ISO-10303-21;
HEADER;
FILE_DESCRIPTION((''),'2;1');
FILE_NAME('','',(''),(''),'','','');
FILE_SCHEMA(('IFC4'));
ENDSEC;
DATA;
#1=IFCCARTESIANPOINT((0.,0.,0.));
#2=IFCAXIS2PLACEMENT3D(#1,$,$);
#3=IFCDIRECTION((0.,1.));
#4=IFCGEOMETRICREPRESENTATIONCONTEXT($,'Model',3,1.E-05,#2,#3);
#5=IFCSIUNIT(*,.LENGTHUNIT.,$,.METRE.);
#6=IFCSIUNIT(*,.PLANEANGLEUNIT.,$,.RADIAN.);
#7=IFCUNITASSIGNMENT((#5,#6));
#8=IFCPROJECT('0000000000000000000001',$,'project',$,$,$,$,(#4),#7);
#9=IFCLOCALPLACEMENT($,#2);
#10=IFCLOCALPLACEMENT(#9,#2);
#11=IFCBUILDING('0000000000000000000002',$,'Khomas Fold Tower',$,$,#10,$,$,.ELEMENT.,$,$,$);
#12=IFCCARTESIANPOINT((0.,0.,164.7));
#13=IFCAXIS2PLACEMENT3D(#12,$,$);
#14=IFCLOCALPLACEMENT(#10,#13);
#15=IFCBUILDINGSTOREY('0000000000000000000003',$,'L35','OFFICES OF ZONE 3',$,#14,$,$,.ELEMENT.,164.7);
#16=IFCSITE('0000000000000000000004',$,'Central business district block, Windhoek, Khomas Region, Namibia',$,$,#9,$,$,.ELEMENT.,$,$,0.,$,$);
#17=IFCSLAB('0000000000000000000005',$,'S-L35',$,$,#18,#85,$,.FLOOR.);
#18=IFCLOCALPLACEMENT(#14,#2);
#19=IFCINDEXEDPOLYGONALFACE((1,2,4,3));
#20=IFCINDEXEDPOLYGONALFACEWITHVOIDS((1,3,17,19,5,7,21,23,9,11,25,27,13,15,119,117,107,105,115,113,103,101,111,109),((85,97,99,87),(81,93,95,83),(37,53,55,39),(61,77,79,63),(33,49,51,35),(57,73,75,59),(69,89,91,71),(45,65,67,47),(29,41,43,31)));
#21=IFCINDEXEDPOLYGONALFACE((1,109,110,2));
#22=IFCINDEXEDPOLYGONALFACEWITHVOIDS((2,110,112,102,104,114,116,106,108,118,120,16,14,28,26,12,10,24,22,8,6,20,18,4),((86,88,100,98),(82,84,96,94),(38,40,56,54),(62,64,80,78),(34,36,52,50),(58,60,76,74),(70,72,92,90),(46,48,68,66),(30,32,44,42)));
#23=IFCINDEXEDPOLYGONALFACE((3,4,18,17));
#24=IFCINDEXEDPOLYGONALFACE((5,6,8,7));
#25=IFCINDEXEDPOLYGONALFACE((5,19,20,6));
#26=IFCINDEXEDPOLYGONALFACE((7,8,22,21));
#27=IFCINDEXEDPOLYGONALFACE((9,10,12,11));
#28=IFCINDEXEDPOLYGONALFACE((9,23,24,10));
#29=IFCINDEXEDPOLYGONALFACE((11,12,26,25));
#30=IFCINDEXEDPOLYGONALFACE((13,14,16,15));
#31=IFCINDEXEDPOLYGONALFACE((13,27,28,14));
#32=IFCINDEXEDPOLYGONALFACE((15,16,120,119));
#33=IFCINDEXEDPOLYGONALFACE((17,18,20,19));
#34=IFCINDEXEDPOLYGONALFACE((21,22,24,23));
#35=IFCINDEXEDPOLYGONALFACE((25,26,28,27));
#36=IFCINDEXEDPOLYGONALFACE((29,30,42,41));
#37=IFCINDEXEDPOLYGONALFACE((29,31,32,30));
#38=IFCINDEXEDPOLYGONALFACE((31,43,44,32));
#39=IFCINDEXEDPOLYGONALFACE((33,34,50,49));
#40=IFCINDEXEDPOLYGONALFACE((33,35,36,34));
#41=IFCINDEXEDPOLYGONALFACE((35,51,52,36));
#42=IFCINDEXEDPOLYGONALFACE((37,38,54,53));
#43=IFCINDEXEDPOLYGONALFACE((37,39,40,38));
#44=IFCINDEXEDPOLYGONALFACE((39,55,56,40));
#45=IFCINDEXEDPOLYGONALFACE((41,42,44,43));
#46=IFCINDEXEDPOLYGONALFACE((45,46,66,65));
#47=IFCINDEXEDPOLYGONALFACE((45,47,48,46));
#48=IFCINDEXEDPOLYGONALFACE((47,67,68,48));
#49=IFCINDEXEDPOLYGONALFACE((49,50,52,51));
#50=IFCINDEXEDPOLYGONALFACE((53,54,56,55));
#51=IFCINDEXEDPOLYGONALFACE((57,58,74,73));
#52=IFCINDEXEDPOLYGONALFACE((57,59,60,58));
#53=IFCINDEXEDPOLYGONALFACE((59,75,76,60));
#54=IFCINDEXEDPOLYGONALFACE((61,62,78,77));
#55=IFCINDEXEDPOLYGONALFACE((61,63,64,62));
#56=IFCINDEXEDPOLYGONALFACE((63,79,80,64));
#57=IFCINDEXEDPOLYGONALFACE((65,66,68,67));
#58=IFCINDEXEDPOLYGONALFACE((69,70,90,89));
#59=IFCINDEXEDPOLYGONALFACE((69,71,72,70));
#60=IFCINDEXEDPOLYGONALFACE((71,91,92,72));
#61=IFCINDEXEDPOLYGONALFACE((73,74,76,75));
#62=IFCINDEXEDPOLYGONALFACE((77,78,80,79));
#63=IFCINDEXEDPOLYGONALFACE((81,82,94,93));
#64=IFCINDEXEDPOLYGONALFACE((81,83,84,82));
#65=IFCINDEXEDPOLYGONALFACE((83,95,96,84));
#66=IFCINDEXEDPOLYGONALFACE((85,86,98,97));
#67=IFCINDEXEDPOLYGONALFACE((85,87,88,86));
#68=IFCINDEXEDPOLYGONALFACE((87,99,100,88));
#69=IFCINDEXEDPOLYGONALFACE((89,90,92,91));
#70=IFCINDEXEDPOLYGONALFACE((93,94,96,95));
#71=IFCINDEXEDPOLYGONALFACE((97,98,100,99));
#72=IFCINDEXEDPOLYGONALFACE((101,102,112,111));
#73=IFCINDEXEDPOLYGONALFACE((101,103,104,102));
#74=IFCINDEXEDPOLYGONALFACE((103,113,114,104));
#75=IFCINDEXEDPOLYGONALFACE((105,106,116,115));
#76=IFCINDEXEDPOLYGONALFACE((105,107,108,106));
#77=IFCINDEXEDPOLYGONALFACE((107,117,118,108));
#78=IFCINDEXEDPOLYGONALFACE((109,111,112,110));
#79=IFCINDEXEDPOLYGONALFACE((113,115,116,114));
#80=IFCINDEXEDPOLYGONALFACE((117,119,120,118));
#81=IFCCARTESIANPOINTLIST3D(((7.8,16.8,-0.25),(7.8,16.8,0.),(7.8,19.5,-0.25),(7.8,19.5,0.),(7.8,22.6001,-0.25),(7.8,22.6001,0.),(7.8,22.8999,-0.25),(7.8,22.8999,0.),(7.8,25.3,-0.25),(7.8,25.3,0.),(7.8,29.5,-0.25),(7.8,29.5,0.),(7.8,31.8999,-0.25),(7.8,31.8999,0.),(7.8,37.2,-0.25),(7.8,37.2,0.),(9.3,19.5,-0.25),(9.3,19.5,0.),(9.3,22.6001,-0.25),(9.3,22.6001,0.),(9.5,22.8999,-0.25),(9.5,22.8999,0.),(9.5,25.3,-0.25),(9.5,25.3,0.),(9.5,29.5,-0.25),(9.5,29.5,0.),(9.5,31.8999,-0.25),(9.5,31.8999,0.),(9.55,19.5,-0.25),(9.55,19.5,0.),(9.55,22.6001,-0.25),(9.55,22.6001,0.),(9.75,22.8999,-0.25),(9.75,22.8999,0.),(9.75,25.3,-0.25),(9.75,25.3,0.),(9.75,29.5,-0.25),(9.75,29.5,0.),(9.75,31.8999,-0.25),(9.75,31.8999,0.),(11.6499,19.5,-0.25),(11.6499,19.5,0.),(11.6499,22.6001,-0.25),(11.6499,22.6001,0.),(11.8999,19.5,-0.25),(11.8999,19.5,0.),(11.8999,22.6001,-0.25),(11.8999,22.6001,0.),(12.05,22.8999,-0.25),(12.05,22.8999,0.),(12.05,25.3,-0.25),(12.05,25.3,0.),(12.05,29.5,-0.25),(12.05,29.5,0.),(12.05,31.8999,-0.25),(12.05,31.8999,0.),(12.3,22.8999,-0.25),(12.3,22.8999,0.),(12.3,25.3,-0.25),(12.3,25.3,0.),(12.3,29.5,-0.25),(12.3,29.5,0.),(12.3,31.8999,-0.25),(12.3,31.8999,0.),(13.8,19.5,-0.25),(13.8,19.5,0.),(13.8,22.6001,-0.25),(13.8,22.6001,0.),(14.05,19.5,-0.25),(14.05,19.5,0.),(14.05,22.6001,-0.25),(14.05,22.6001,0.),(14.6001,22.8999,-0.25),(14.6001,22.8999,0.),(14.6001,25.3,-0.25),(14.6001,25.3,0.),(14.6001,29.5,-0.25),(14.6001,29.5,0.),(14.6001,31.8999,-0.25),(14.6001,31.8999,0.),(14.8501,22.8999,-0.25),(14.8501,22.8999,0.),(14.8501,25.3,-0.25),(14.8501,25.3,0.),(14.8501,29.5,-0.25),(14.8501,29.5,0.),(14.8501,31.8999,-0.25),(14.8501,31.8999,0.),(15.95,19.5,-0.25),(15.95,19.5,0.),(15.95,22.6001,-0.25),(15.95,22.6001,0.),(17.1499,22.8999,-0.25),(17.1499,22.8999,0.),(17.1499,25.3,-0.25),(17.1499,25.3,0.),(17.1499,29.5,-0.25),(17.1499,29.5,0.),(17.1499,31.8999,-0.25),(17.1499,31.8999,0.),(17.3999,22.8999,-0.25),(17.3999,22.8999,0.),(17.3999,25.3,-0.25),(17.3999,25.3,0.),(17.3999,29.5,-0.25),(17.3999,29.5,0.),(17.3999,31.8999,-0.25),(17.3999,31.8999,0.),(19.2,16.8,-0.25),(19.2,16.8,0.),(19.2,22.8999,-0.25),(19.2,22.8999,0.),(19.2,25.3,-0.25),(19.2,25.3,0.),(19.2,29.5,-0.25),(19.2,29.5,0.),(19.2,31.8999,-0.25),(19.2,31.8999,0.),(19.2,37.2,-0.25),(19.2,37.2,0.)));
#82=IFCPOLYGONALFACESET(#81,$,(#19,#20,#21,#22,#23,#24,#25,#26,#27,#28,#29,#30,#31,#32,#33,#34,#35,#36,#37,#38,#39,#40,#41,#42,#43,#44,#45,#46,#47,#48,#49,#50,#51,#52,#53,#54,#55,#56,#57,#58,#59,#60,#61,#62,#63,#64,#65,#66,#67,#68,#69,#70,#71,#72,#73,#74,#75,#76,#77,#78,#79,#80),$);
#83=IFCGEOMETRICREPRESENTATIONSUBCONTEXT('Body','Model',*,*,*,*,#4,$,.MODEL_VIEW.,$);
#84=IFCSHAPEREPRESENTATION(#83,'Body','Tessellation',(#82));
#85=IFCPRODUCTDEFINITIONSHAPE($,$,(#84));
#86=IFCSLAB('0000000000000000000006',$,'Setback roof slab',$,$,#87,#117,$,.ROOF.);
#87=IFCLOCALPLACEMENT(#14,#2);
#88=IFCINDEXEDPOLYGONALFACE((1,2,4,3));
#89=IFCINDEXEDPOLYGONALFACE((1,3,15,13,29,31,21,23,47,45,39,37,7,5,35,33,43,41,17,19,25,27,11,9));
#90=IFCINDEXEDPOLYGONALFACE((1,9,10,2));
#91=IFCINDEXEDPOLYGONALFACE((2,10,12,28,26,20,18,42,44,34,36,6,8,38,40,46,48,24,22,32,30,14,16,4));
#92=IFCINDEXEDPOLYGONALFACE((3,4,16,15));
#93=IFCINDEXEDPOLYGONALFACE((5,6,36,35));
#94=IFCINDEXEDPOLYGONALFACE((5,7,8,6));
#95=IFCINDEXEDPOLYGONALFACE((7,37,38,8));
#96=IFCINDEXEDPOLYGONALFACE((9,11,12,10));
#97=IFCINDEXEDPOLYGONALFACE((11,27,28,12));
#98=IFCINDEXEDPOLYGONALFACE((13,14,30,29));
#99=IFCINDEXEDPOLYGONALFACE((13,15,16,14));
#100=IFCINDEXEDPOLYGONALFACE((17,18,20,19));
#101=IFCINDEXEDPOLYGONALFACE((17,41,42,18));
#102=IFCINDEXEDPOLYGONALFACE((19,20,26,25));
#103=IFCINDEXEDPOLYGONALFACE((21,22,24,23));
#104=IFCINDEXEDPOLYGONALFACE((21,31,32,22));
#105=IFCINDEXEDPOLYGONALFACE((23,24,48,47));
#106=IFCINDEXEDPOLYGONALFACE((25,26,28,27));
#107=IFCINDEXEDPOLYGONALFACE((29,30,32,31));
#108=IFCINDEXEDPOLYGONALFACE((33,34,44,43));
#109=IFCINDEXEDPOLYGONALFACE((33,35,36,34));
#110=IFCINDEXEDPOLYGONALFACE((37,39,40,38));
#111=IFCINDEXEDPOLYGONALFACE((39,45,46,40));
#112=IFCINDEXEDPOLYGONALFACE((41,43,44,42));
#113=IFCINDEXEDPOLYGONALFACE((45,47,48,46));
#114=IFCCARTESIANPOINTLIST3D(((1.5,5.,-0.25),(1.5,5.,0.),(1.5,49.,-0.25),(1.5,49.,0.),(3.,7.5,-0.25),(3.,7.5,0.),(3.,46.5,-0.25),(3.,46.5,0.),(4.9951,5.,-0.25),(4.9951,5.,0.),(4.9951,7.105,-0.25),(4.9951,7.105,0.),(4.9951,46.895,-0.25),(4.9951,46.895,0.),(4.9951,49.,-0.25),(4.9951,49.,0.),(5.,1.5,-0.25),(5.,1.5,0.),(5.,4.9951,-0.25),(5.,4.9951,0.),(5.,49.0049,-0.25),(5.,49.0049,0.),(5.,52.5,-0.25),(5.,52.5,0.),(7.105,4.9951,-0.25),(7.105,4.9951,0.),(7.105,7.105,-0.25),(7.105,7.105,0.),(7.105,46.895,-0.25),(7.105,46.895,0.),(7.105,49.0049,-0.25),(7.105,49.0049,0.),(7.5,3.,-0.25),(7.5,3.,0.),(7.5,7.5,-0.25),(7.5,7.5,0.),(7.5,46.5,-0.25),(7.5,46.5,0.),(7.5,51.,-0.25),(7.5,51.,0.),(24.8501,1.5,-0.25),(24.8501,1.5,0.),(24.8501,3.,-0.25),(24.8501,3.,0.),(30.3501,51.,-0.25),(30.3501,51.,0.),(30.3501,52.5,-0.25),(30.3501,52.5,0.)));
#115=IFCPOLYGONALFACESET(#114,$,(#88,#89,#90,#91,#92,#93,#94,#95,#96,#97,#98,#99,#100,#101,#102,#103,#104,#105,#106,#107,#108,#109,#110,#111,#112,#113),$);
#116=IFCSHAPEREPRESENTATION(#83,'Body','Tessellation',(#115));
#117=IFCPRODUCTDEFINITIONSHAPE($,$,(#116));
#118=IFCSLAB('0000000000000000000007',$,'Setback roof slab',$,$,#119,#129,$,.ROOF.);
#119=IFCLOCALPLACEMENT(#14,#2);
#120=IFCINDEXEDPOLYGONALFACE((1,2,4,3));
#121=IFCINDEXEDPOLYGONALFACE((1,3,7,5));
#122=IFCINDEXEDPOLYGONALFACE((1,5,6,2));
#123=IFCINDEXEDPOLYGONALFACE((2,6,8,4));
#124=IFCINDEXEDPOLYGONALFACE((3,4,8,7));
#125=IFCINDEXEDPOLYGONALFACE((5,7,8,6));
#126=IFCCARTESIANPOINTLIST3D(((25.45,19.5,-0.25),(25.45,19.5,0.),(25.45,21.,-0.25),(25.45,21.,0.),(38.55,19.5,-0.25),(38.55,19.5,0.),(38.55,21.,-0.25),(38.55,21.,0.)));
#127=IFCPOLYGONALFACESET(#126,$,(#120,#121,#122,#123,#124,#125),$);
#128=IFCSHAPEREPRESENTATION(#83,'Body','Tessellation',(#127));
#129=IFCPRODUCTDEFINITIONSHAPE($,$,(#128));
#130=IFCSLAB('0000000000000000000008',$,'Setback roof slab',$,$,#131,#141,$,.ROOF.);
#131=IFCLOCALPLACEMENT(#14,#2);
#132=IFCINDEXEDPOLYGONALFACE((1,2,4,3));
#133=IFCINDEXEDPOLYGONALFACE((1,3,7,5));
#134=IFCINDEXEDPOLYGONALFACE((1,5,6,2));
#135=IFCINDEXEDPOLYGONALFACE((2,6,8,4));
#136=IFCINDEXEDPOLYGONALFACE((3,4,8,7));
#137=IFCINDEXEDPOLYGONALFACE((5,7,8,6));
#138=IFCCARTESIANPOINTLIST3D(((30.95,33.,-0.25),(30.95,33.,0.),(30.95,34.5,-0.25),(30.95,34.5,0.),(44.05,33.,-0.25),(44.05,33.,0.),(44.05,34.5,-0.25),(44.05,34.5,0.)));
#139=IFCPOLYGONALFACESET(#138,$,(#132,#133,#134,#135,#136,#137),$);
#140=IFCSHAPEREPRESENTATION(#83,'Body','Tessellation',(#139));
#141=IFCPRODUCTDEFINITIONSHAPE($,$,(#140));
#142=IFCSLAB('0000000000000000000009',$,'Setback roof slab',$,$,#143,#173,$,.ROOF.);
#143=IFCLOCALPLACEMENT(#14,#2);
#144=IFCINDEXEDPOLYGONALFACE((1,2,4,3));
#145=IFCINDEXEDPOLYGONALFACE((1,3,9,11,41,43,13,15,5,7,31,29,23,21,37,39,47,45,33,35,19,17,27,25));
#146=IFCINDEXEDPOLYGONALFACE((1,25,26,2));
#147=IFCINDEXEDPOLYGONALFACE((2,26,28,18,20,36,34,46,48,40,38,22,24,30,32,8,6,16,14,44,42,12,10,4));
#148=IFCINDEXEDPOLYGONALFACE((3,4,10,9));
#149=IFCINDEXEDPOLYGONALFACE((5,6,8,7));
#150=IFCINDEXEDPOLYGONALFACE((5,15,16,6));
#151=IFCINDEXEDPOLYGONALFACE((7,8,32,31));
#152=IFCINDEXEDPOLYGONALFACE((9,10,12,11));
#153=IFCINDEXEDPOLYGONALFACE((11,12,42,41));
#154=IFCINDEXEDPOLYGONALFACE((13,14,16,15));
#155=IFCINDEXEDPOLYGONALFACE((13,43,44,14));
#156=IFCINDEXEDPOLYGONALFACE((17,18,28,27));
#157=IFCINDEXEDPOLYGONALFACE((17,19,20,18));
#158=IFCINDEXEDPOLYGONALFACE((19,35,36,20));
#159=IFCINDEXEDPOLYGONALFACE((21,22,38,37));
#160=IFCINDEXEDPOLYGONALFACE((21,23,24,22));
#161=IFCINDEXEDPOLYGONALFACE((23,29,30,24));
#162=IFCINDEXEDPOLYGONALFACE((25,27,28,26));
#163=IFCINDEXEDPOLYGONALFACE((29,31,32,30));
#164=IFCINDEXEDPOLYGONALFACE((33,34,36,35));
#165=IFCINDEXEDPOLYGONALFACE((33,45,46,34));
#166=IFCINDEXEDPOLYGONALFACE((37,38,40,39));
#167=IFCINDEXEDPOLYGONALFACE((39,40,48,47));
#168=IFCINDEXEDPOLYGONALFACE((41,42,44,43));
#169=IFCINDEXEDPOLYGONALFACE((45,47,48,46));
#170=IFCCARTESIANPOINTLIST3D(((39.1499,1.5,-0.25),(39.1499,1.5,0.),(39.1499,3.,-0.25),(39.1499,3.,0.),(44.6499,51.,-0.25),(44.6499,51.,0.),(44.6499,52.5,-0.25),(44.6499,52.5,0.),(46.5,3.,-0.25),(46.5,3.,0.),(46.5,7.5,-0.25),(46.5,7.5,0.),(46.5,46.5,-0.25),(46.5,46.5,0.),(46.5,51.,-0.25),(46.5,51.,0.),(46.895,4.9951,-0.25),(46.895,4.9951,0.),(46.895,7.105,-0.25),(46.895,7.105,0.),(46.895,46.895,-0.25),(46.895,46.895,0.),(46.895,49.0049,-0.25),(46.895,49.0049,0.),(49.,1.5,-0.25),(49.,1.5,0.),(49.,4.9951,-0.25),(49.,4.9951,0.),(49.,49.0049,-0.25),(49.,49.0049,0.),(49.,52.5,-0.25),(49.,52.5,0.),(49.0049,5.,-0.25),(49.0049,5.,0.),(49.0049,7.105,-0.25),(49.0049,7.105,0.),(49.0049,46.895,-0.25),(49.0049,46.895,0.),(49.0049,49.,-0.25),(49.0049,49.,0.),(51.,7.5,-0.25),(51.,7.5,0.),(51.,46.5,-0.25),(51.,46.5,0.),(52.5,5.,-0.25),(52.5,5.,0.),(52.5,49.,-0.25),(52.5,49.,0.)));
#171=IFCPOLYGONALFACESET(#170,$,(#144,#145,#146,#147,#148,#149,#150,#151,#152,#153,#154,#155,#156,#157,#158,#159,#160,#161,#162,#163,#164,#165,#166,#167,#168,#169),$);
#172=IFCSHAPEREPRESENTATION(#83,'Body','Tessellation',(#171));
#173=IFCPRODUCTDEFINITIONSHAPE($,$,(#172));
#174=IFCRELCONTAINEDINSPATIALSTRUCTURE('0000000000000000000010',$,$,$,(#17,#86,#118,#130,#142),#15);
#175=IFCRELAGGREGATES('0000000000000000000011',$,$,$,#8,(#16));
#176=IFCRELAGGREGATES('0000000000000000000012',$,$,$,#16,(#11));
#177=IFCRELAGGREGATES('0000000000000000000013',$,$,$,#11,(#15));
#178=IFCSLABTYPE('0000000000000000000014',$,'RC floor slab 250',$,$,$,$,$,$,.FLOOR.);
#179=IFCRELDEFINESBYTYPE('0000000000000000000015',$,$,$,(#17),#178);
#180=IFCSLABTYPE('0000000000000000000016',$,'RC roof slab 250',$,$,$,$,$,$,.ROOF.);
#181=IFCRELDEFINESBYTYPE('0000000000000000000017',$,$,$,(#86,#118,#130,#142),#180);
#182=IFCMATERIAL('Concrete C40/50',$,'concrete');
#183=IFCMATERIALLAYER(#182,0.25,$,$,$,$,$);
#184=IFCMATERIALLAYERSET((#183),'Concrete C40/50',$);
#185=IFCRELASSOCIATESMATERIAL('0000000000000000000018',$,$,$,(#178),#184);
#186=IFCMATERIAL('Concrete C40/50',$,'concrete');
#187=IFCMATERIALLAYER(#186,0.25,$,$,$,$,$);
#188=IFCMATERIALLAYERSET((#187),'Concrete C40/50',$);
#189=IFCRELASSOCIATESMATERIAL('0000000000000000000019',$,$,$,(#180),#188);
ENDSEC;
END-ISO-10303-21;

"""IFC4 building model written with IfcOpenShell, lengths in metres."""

from ifc_helpers import new_model, si_unit, direction, frame, origin, place, context, subcontext, project, spatial, polyline, outline, extrude, source, transform, mapped, material, layer, layer_set, type_object, element, save


model = new_model("IFC4")

# Units and contexts
model_context = context("Model", 3, precision=1e-05, world=origin(), true_north=direction((0.0, 1.0)))
body_context = subcontext(model_context, "Body", "Model", "MODEL_VIEW")
ifc_project = project(units=[si_unit("LENGTHUNIT", "METRE"), si_unit("PLANEANGLEUNIT", "RADIAN")], contexts=[model_context])

# Site, building, storey
site_placement = place(None, origin())
site = spatial("IfcSite", under=ifc_project, at=site_placement, Name="Central business district block, Windhoek, Khomas Region, Namibia", CompositionType="ELEMENT", RefElevation=0.0)
building_placement = place(site_placement, origin())
building = spatial("IfcBuilding", under=site, at=building_placement, Name="Khomas Fold Tower", CompositionType="ELEMENT")
storey_placement = place(building_placement, frame((0.0, 0.0, 164.7)))
storey = spatial("IfcBuildingStorey", under=building, at=storey_placement, Name="L35", Description="OFFICES OF ZONE 3", CompositionType="ELEMENT", Elevation=164.7)

# Slabs
ifc_material_1 = material(Name="Concrete C40/50", Category="concrete")
ifc_layer_1 = layer(ifc_material_1, 0.25)
ifc_layer_set_1 = layer_set([ifc_layer_1], Name="Concrete C40/50")
slab_type_1 = type_object("IfcSlabType", Name="RC floor slab 250", PredefinedType="FLOOR", material=ifc_layer_set_1)
shared_shape_1 = source(origin(), body_context, "Body", "SweptSolid", [
    extrude(outline(polyline([(7.8, 16.8), (19.2, 16.8), (19.2, 22.8999), (17.3999, 22.8999), (17.3999, 25.3), (19.2, 25.3), (19.2, 29.5), (17.3999, 29.5), (17.3999, 31.8999), (19.2, 31.8999), (19.2, 37.2), (7.8, 37.2), (7.8, 31.8999), (9.5, 31.8999), (9.5, 29.5), (7.8, 29.5), (7.8, 25.3), (9.5, 25.3), (9.5, 22.8999), (7.8, 22.8999), (7.8, 22.6001), (9.3, 22.6001), (9.3, 19.5), (7.8, 19.5), (7.8, 16.8)]), holes=[polyline([(9.55, 19.5), (9.55, 22.6001), (11.6499, 22.6001), (11.6499, 19.5), (9.55, 19.5)]), polyline([(9.75, 22.8999), (9.75, 25.3), (12.05, 25.3), (12.05, 22.8999), (9.75, 22.8999)]), polyline([(9.75, 29.5), (9.75, 31.8999), (12.05, 31.8999), (12.05, 29.5), (9.75, 29.5)]), polyline([(11.8999, 19.5), (11.8999, 22.6001), (13.8, 22.6001), (13.8, 19.5), (11.8999, 19.5)]), polyline([(12.3, 22.8999), (12.3, 25.3), (14.6001, 25.3), (14.6001, 22.8999), (12.3, 22.8999)]), polyline([(12.3, 29.5), (12.3, 31.8999), (14.6001, 31.8999), (14.6001, 29.5), (12.3, 29.5)]), polyline([(14.05, 19.5), (14.05, 22.6001), (15.95, 22.6001), (15.95, 19.5), (14.05, 19.5)]), polyline([(14.8501, 22.8999), (14.8501, 25.3), (17.1499, 25.3), (17.1499, 22.8999), (14.8501, 22.8999)]), polyline([(14.8501, 29.5), (14.8501, 31.8999), (17.1499, 31.8999), (17.1499, 29.5), (14.8501, 29.5)])]), origin(), (0.0, 0.0, 1.0), 0.25),
])
slab_1_placement = place(storey_placement, frame((0.0, 0.0, -0.25)))
element("IfcSlab", 1, at=slab_1_placement, inside=storey, type_object=slab_type_1, Name="S-L35", PredefinedType="FLOOR", context=body_context, shape_type="MappedRepresentation", body=[
    mapped(shared_shape_1, transform((0.0, 0.0, 0.0))),
])
ifc_material_2 = material(Name="Concrete C40/50", Category="concrete")
ifc_layer_2 = layer(ifc_material_2, 0.25)
ifc_layer_set_2 = layer_set([ifc_layer_2], Name="Concrete C40/50")
slab_type_2 = type_object("IfcSlabType", Name="RC roof slab 250", PredefinedType="ROOF", material=ifc_layer_set_2)
shared_shape_2 = source(origin(), body_context, "Body", "SweptSolid", [
    extrude(outline(polyline([(1.5, 5.0), (4.9951, 5.0), (4.9951, 7.105), (7.105, 7.105), (7.105, 4.9951), (5.0, 4.9951), (5.0, 1.5), (24.8501, 1.5), (24.8501, 3.0), (7.5, 3.0), (7.5, 7.5), (3.0, 7.5), (3.0, 46.5), (7.5, 46.5), (7.5, 51.0), (30.3501, 51.0), (30.3501, 52.5), (5.0, 52.5), (5.0, 49.0049), (7.105, 49.0049), (7.105, 46.895), (4.9951, 46.895), (4.9951, 49.0), (1.5, 49.0), (1.5, 5.0)])), origin(), (0.0, 0.0, 1.0), 0.25),
])
slab_2_placement = place(storey_placement, frame((0.0, 0.0, -0.25)))
element("IfcSlab", 2, at=slab_2_placement, inside=storey, type_object=slab_type_2, Name="Setback roof slab", PredefinedType="ROOF", context=body_context, shape_type="MappedRepresentation", body=[
    mapped(shared_shape_2, transform((0.0, 0.0, 0.0))),
])
shared_shape_3 = source(origin(), body_context, "Body", "SweptSolid", [
    extrude(outline(polyline([(25.45, 19.5), (38.55, 19.5), (38.55, 21.0), (25.45, 21.0), (25.45, 19.5)])), origin(), (0.0, 0.0, 1.0), 0.25),
])
slab_3_placement = place(storey_placement, frame((0.0, 0.0, -0.25)))
element("IfcSlab", 3, at=slab_3_placement, inside=storey, type_object=slab_type_2, Name="Setback roof slab", PredefinedType="ROOF", context=body_context, shape_type="MappedRepresentation", body=[
    mapped(shared_shape_3, transform((0.0, 0.0, 0.0))),
])
shared_shape_4 = source(origin(), body_context, "Body", "SweptSolid", [
    extrude(outline(polyline([(30.95, 33.0), (44.05, 33.0), (44.05, 34.5), (30.95, 34.5), (30.95, 33.0)])), origin(), (0.0, 0.0, 1.0), 0.25),
])
slab_4_placement = place(storey_placement, frame((0.0, 0.0, -0.25)))
element("IfcSlab", 4, at=slab_4_placement, inside=storey, type_object=slab_type_2, Name="Setback roof slab", PredefinedType="ROOF", context=body_context, shape_type="MappedRepresentation", body=[
    mapped(shared_shape_4, transform((0.0, 0.0, 0.0))),
])
shared_shape_5 = source(origin(), body_context, "Body", "SweptSolid", [
    extrude(outline(polyline([(39.1499, 1.5), (49.0, 1.5), (49.0, 4.9951), (46.895, 4.9951), (46.895, 7.105), (49.0049, 7.105), (49.0049, 5.0), (52.5, 5.0), (52.5, 49.0), (49.0049, 49.0), (49.0049, 46.895), (46.895, 46.895), (46.895, 49.0049), (49.0, 49.0049), (49.0, 52.5), (44.6499, 52.5), (44.6499, 51.0), (46.5, 51.0), (46.5, 46.5), (51.0, 46.5), (51.0, 7.5), (46.5, 7.5), (46.5, 3.0), (39.1499, 3.0), (39.1499, 1.5)])), origin(), (0.0, 0.0, 1.0), 0.25),
])
slab_5_placement = place(storey_placement, frame((0.0, 0.0, -0.25)))
element("IfcSlab", 5, at=slab_5_placement, inside=storey, type_object=slab_type_2, Name="Setback roof slab", PredefinedType="ROOF", context=body_context, shape_type="MappedRepresentation", body=[
    mapped(shared_shape_5, transform((0.0, 0.0, 0.0))),
])

save(model, "model.ifc")
